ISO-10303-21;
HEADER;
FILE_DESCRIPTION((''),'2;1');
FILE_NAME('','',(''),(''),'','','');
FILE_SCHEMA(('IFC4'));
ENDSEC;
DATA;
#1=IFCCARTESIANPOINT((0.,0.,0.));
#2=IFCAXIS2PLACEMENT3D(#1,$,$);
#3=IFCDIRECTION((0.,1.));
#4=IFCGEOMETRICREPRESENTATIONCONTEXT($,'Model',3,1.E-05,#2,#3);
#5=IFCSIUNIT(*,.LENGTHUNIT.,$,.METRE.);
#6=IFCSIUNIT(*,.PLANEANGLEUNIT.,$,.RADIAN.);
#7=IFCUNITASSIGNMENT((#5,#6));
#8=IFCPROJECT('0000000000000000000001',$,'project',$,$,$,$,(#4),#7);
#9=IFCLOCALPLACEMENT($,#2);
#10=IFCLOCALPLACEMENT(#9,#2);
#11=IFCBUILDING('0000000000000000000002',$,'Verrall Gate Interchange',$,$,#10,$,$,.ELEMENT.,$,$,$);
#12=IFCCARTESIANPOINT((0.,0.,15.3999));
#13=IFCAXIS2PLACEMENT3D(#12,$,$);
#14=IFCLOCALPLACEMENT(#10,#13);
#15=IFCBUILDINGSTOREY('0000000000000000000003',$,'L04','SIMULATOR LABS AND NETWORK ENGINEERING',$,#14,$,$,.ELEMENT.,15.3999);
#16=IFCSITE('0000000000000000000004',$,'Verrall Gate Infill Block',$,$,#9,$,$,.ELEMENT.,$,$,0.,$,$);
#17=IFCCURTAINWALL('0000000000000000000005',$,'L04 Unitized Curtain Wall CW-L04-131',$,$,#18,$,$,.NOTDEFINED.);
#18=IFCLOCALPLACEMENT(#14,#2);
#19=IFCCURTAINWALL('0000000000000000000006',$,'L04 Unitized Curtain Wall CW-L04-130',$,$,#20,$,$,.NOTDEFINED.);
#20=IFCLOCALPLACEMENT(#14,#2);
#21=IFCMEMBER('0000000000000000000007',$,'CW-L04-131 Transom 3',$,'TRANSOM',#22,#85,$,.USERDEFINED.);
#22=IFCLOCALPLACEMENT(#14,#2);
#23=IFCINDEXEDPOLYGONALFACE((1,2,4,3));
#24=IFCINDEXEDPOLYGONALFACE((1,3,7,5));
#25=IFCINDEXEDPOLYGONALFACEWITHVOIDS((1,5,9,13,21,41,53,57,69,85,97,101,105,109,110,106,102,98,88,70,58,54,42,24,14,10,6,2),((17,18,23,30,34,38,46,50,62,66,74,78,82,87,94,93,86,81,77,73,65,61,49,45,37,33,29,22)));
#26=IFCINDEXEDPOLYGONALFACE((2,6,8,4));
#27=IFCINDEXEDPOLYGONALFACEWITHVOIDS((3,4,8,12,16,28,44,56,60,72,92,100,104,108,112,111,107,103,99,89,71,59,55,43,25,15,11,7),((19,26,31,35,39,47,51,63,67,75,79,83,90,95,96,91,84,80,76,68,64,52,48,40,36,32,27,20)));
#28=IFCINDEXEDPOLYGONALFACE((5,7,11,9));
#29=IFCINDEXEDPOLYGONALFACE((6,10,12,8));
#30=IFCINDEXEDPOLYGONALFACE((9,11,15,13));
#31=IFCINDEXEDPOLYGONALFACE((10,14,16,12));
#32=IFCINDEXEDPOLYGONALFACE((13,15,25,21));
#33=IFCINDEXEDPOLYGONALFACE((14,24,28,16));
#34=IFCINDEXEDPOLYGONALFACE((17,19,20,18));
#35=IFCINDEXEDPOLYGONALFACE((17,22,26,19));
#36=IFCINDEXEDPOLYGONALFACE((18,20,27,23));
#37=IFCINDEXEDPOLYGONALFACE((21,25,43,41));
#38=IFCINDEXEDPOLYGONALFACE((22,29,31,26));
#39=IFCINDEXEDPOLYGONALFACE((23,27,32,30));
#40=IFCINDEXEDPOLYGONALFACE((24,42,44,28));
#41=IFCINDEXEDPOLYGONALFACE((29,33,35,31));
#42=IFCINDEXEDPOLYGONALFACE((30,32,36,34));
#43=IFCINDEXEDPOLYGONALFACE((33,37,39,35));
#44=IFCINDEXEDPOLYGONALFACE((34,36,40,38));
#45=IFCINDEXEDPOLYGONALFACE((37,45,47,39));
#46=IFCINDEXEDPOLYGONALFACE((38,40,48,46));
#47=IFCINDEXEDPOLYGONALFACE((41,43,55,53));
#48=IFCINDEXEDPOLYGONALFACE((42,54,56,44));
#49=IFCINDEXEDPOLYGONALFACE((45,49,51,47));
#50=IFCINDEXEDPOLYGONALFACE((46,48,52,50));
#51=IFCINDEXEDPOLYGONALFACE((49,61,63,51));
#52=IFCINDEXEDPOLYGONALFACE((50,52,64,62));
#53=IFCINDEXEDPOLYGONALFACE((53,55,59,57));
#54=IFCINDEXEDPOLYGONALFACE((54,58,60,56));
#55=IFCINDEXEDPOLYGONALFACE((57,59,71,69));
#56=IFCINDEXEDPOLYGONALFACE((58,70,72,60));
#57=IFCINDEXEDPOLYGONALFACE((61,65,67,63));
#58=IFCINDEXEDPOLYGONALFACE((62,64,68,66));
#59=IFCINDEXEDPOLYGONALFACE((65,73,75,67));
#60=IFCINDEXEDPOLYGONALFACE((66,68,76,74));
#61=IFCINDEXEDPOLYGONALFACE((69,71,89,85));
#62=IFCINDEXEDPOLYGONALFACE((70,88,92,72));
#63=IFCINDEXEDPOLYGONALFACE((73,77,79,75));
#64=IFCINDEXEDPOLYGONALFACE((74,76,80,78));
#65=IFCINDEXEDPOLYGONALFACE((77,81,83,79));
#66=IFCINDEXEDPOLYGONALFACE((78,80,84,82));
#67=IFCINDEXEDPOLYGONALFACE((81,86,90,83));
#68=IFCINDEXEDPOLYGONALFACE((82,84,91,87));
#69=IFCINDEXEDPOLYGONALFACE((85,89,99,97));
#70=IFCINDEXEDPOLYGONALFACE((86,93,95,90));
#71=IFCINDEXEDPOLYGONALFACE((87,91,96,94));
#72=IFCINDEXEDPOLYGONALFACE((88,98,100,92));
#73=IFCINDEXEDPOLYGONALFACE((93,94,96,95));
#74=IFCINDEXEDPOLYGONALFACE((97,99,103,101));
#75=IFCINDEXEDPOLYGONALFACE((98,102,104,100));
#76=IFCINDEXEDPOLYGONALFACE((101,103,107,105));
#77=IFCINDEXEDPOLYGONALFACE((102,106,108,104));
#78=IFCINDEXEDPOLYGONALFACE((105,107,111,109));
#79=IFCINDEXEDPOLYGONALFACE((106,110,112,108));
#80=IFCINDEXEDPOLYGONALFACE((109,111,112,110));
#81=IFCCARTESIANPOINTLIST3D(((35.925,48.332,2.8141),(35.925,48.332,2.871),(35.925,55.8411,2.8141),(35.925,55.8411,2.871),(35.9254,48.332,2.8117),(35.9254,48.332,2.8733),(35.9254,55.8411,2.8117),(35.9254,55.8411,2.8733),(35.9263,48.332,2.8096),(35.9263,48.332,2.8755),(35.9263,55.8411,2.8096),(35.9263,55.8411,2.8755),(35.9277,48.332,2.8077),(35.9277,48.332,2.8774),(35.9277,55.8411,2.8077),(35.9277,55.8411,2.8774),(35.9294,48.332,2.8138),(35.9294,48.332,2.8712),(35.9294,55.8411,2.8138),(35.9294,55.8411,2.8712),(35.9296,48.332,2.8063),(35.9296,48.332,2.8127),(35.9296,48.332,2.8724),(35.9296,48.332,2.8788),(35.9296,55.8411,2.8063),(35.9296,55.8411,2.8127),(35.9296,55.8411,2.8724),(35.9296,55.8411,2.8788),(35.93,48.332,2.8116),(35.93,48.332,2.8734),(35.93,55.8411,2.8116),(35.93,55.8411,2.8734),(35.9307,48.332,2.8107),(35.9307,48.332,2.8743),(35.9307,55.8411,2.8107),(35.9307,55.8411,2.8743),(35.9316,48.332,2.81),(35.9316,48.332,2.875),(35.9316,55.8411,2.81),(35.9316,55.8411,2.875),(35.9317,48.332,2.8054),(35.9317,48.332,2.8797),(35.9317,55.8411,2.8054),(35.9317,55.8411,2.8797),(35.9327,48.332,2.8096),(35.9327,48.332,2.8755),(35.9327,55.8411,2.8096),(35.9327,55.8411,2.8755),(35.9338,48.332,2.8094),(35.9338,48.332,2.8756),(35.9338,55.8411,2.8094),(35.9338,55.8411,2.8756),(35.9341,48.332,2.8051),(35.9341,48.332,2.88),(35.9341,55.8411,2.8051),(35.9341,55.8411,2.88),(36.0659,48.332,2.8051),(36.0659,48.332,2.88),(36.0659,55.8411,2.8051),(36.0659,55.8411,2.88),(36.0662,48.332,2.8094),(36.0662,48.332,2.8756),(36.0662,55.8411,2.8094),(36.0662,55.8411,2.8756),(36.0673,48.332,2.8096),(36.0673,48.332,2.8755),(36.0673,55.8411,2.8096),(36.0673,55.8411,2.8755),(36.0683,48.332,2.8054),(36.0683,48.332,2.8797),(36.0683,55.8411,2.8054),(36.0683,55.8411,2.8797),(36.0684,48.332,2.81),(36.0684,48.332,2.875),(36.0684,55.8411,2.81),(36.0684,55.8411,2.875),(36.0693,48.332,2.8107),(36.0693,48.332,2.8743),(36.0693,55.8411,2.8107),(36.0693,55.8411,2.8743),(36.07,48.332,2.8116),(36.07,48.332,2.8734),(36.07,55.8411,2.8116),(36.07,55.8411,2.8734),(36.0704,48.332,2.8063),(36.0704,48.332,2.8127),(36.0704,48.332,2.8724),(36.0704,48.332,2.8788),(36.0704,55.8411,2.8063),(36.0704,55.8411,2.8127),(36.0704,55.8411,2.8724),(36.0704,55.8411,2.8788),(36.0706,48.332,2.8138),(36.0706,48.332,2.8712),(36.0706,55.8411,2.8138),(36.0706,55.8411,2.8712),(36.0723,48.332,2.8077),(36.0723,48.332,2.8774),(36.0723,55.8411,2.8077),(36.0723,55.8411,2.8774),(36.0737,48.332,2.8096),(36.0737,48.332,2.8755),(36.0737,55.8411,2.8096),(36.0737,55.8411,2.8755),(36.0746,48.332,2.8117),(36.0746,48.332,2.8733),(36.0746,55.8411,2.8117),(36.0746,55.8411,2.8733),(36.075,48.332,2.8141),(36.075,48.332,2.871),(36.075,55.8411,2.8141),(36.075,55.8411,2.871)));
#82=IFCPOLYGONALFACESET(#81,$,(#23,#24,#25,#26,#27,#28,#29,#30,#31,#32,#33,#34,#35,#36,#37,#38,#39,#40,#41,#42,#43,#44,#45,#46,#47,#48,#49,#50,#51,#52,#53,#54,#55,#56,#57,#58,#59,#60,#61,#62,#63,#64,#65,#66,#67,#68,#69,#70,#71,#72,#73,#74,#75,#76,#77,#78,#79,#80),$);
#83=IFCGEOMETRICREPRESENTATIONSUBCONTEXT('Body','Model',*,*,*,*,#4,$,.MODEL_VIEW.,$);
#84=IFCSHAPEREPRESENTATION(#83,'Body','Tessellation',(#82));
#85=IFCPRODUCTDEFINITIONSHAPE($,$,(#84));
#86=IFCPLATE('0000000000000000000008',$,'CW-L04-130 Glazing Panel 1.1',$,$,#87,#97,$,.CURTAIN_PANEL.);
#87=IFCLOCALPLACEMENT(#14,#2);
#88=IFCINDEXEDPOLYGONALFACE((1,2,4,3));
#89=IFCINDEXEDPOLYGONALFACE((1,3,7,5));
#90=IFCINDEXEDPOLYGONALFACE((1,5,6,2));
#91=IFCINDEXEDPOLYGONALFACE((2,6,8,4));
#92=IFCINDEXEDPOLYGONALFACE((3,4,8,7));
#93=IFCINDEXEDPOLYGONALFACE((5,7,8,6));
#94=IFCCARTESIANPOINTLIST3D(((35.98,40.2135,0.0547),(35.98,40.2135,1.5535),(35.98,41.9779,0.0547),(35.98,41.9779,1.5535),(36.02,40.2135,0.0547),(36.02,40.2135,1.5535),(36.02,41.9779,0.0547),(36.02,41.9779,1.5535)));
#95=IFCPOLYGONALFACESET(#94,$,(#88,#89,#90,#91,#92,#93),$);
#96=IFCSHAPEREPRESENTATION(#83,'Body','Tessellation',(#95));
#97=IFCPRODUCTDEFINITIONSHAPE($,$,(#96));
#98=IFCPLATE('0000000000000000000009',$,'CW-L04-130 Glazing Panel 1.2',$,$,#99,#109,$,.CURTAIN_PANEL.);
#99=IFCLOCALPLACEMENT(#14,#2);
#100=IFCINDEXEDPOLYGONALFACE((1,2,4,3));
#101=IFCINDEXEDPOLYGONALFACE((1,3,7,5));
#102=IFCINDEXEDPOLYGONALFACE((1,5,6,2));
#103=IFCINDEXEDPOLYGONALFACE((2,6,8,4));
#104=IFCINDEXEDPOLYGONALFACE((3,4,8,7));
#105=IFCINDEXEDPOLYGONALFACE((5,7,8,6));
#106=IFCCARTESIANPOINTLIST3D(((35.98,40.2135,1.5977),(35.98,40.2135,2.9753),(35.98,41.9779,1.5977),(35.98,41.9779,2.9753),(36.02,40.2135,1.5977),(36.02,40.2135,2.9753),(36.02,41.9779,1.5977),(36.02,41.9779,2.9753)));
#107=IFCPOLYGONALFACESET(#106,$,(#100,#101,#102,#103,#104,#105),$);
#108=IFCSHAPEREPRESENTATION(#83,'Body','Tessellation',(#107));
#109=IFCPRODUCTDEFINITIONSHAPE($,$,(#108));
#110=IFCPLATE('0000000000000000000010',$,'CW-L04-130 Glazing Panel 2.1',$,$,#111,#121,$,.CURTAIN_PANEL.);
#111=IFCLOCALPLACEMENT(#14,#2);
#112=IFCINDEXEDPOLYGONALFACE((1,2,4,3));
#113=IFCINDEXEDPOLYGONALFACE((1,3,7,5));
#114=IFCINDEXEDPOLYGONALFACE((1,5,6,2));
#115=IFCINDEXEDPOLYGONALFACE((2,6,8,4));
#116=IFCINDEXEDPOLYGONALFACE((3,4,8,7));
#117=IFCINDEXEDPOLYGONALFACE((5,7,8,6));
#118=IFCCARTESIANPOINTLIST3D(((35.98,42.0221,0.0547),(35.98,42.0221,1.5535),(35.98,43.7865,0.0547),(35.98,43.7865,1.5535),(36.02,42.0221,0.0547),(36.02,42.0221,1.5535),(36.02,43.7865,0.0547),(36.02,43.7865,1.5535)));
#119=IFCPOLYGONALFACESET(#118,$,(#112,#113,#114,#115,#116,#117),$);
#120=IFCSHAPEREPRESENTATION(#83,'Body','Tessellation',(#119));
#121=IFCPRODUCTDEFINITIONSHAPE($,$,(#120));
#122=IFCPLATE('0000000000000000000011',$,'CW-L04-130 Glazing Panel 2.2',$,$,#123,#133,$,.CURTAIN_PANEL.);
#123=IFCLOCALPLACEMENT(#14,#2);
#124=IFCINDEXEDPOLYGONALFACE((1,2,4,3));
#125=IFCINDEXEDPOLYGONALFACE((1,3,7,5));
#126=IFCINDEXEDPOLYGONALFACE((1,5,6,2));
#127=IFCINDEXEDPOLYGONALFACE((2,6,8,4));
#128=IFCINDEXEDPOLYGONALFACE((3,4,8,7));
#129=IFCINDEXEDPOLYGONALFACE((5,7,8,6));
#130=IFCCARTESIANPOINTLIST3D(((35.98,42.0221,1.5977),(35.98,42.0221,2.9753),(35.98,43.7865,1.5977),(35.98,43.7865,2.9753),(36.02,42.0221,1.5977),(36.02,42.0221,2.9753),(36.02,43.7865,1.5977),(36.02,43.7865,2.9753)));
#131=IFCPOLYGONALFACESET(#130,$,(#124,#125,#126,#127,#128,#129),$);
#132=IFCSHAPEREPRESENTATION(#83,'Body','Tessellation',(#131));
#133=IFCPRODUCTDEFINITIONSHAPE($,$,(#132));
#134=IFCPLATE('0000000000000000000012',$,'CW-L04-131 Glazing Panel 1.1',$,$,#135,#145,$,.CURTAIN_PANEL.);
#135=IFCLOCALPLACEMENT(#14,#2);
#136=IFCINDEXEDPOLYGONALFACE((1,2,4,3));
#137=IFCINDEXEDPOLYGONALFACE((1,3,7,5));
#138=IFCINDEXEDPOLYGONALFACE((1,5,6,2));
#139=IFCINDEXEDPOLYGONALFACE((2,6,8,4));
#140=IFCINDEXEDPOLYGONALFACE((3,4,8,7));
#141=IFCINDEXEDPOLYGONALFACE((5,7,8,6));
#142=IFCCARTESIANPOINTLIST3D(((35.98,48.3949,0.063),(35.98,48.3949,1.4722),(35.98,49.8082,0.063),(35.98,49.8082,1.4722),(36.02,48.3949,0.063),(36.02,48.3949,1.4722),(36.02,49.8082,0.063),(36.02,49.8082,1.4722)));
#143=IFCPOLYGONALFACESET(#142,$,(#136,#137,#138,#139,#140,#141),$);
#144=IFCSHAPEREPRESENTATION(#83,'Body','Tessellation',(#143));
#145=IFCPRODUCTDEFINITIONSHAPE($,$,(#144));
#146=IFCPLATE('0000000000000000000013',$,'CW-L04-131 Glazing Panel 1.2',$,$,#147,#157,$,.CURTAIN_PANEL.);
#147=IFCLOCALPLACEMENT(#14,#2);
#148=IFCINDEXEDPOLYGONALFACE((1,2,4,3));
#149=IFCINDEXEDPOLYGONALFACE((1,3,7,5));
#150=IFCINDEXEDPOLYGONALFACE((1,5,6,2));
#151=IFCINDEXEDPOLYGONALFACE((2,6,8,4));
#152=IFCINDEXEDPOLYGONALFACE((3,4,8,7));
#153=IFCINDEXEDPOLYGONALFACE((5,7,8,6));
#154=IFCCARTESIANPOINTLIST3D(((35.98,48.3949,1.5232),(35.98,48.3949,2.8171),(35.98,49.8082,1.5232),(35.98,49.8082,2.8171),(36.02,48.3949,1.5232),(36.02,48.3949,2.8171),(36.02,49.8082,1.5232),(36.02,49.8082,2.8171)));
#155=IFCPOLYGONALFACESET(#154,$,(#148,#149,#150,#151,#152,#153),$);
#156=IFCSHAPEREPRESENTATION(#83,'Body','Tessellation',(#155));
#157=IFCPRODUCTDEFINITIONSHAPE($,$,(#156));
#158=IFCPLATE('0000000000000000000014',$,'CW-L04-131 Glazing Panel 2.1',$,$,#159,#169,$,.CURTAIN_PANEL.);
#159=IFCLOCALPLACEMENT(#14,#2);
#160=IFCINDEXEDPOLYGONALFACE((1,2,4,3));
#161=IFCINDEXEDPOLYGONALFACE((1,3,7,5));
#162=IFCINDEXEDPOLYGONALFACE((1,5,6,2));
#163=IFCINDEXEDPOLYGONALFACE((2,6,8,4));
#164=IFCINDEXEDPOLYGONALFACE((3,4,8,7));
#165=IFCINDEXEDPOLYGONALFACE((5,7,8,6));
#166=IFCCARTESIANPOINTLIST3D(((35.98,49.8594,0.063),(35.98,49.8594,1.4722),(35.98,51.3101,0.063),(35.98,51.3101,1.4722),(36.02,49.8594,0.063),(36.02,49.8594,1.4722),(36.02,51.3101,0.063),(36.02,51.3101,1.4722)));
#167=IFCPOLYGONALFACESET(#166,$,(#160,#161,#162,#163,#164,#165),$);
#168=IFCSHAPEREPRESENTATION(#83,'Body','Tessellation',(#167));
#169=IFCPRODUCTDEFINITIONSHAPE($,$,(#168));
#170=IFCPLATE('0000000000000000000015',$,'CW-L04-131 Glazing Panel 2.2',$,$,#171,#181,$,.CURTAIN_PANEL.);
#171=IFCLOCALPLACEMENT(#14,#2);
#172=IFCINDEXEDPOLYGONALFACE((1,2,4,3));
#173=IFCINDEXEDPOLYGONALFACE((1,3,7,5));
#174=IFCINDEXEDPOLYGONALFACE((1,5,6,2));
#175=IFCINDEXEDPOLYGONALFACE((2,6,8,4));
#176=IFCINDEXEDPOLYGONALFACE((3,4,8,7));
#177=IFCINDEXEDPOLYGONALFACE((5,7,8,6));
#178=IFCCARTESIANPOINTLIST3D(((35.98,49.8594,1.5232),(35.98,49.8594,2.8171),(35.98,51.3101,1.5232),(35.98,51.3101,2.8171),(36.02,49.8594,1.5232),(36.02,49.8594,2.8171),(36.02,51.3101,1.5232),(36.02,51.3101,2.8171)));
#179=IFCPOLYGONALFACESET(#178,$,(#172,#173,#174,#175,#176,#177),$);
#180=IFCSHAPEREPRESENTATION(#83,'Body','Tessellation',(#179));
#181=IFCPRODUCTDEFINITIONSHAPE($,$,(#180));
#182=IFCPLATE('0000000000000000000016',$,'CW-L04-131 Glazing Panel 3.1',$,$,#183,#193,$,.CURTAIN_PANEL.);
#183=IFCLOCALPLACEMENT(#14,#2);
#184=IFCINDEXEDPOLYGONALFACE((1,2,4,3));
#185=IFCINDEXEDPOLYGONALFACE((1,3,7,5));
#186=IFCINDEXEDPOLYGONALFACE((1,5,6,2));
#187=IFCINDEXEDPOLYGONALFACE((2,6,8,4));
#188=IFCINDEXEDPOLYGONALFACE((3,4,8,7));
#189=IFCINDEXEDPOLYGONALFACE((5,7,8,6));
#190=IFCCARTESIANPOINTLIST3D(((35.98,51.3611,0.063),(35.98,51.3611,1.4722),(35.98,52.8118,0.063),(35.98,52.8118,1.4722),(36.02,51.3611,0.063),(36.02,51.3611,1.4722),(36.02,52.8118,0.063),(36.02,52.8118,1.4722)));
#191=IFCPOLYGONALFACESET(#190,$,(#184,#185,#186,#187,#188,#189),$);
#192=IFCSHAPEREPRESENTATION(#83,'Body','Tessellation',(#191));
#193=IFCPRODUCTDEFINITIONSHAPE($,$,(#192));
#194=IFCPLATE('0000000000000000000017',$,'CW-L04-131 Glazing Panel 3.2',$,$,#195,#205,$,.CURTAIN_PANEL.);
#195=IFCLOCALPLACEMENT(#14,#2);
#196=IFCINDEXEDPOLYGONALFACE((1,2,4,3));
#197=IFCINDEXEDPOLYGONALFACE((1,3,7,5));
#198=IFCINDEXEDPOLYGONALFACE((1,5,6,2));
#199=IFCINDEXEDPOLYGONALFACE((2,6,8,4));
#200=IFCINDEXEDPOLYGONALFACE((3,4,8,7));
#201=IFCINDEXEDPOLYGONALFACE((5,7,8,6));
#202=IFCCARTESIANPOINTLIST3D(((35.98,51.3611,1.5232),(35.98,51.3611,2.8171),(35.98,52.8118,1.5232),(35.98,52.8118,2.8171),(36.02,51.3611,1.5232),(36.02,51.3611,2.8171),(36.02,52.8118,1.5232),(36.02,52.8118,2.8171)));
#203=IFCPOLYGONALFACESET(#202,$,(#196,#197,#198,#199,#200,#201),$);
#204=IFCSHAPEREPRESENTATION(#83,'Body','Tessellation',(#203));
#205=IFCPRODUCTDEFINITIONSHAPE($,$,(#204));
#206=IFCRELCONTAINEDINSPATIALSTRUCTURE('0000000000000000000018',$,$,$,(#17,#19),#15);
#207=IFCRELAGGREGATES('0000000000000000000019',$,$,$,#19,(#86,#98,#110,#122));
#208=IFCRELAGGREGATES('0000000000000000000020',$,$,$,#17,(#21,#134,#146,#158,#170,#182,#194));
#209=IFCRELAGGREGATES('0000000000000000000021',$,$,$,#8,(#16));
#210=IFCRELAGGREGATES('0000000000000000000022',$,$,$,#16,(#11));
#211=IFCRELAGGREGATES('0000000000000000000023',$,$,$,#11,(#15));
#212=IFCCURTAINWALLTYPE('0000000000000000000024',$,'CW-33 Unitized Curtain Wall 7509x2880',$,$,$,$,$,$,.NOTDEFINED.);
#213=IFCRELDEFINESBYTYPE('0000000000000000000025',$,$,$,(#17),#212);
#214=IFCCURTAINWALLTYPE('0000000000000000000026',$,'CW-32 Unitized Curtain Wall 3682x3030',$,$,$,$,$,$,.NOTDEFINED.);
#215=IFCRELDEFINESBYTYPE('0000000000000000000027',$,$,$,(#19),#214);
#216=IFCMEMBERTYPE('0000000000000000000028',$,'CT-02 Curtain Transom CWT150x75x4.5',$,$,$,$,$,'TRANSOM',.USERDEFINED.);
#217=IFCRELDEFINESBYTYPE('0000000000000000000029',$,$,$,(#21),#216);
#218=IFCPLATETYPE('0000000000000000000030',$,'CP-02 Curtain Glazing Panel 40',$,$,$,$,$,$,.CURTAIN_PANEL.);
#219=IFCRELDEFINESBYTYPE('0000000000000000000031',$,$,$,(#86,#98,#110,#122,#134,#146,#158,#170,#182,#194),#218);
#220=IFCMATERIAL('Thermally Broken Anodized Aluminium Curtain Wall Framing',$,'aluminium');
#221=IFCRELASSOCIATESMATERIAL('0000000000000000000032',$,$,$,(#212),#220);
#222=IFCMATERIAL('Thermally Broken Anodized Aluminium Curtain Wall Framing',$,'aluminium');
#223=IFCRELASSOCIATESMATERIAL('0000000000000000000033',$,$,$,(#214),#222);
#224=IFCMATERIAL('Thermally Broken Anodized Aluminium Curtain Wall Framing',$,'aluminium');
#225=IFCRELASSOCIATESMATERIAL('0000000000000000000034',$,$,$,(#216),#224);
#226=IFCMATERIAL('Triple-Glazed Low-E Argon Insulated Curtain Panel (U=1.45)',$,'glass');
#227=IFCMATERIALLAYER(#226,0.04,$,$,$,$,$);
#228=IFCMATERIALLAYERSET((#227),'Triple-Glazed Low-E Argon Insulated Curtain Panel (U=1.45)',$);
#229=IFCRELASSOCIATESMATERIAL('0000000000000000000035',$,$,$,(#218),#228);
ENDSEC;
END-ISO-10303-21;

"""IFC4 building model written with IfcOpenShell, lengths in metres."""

from ifc_helpers import new_model, si_unit, direction, frame, origin, origin_2d, place, context, subcontext, project, spatial, rectangle, hollow_rectangle, extrude, material, layer, layer_set, material_profile, profile_set, type_object, element, aggregate, save


model = new_model("IFC4")

# Units and contexts
model_context = context("Model", 3, precision=1e-05, world=origin(), true_north=direction((0.0, 1.0)))
body_context = subcontext(model_context, "Body", "Model", "MODEL_VIEW")
ifc_project = project(units=[si_unit("LENGTHUNIT", "METRE"), si_unit("PLANEANGLEUNIT", "RADIAN")], contexts=[model_context])

# Site, building, storey
site_placement = place(None, origin())
site = spatial("IfcSite", under=ifc_project, at=site_placement, Name="Verrall Gate Infill Block", CompositionType="ELEMENT", RefElevation=0.0)
building_placement = place(site_placement, origin())
building = spatial("IfcBuilding", under=site, at=building_placement, Name="Verrall Gate Interchange", CompositionType="ELEMENT")
storey_placement = place(building_placement, frame((0.0, 0.0, 15.3999)))
storey = spatial("IfcBuildingStorey", under=building, at=storey_placement, Name="L04", Description="SIMULATOR LABS AND NETWORK ENGINEERING", CompositionType="ELEMENT", Elevation=15.3999)

# Curtain wall
ifc_material_1 = material(Name="Thermally Broken Anodized Aluminium Curtain Wall Framing", Category="aluminium")
curtain_wall_type_1 = type_object("IfcCurtainWallType", Name="CW-33 Unitized Curtain Wall 7509x2880", PredefinedType="NOTDEFINED", material=ifc_material_1)
curtain_wall_1_placement = place(storey_placement, origin())
curtain_wall_1 = element("IfcCurtainWall", 1, at=curtain_wall_1_placement, inside=storey, type_object=curtain_wall_type_1, Name="L04 Unitized Curtain Wall CW-L04-131", PredefinedType="NOTDEFINED")

# Curtain wall
ifc_material_2 = material(Name="Thermally Broken Anodized Aluminium Curtain Wall Framing", Category="aluminium")
curtain_wall_type_2 = type_object("IfcCurtainWallType", Name="CW-32 Unitized Curtain Wall 3682x3030", PredefinedType="NOTDEFINED", material=ifc_material_2)
curtain_wall_2_placement = place(storey_placement, origin())
curtain_wall_2 = element("IfcCurtainWall", 2, at=curtain_wall_2_placement, inside=storey, type_object=curtain_wall_type_2, Name="L04 Unitized Curtain Wall CW-L04-130", PredefinedType="NOTDEFINED")

# Member
ifc_material_3 = material(Name="Thermally Broken Anodized Aluminium Curtain Wall Framing", Category="aluminium")
ifc_material_profile_1 = material_profile(ifc_material_3, hollow_rectangle(XDim=0.1499, YDim=0.075, WallThickness=0.0044, InnerFilletRadius=0.0044, OuterFilletRadius=0.009, at=origin_2d()), Name="CWT150x75x4.5")
ifc_profile_set_1 = profile_set([ifc_material_profile_1], Name="Thermally Broken Anodized Aluminium Curtain Wall Framing")
member_type_1 = type_object("IfcMemberType", Name="CT-02 Curtain Transom CWT150x75x4.5", ElementType="TRANSOM", PredefinedType="USERDEFINED", material=ifc_profile_set_1)
member_1_placement = place(storey_placement, frame((36.0, 48.332, 2.8425), z_axis=(0.0, 1.0, 0.0), x_axis=(-1.0, 0.0, 0.0)))
member_1 = element("IfcMember", 3, at=member_1_placement, type_object=member_type_1, Name="CW-L04-131 Transom 3", ObjectType="TRANSOM", PredefinedType="USERDEFINED", context=body_context, shape_type="SweptSolid", body=[
    extrude(hollow_rectangle(XDim=0.1499, YDim=0.075, WallThickness=0.0044, InnerFilletRadius=0.0044, OuterFilletRadius=0.009, at=origin_2d()), origin(), (0.0, 0.0, 1.0), 7.509),
])

# Plates
ifc_material_4 = material(Name="Triple-Glazed Low-E Argon Insulated Curtain Panel (U=1.45)", Category="glass")
ifc_layer_1 = layer(ifc_material_4, 0.04)
ifc_layer_set_1 = layer_set([ifc_layer_1], Name="Triple-Glazed Low-E Argon Insulated Curtain Panel (U=1.45)")
plate_type = type_object("IfcPlateType", Name="CP-02 Curtain Glazing Panel 40", PredefinedType="CURTAIN_PANEL", material=ifc_layer_set_1)
plate_1_placement = place(storey_placement, frame((36.0, 41.0957, 0.0547), z_axis=(0.0, 0.0, 1.0), x_axis=(0.0, 1.0, 0.0)))
plate_1 = element("IfcPlate", 4, at=plate_1_placement, type_object=plate_type, Name="CW-L04-130 Glazing Panel 1.1", PredefinedType="CURTAIN_PANEL", context=body_context, shape_type="SweptSolid", body=[
    extrude(rectangle(XDim=1.7644, YDim=0.04, at=origin_2d()), origin(), (0.0, 0.0, 1.0), 1.4988),
])
plate_2_placement = place(storey_placement, frame((36.0, 41.0957, 1.5977), z_axis=(0.0, 0.0, 1.0), x_axis=(0.0, 1.0, 0.0)))
plate_2 = element("IfcPlate", 5, at=plate_2_placement, type_object=plate_type, Name="CW-L04-130 Glazing Panel 1.2", PredefinedType="CURTAIN_PANEL", context=body_context, shape_type="SweptSolid", body=[
    extrude(rectangle(XDim=1.7644, YDim=0.04, at=origin_2d()), origin(), (0.0, 0.0, 1.0), 1.3777),
])
plate_3_placement = place(storey_placement, frame((36.0, 42.9043, 0.0547), z_axis=(0.0, 0.0, 1.0), x_axis=(0.0, 1.0, 0.0)))
plate_3 = element("IfcPlate", 6, at=plate_3_placement, type_object=plate_type, Name="CW-L04-130 Glazing Panel 2.1", PredefinedType="CURTAIN_PANEL", context=body_context, shape_type="SweptSolid", body=[
    extrude(rectangle(XDim=1.7644, YDim=0.04, at=origin_2d()), origin(), (0.0, 0.0, 1.0), 1.4988),
])
plate_4_placement = place(storey_placement, frame((36.0, 42.9043, 1.5977), z_axis=(0.0, 0.0, 1.0), x_axis=(0.0, 1.0, 0.0)))
plate_4 = element("IfcPlate", 7, at=plate_4_placement, type_object=plate_type, Name="CW-L04-130 Glazing Panel 2.2", PredefinedType="CURTAIN_PANEL", context=body_context, shape_type="SweptSolid", body=[
    extrude(rectangle(XDim=1.7644, YDim=0.04, at=origin_2d()), origin(), (0.0, 0.0, 1.0), 1.3777),
])
aggregate(curtain_wall_2, [plate_1, plate_2, plate_3, plate_4])
plate_5_placement = place(storey_placement, frame((36.0, 49.1016, 0.063), z_axis=(0.0, 0.0, 1.0), x_axis=(0.0, 1.0, 0.0)))
plate_5 = element("IfcPlate", 8, at=plate_5_placement, type_object=plate_type, Name="CW-L04-131 Glazing Panel 1.1", PredefinedType="CURTAIN_PANEL", context=body_context, shape_type="SweptSolid", body=[
    extrude(rectangle(XDim=1.4133, YDim=0.04, at=origin_2d()), origin(), (0.0, 0.0, 1.0), 1.4092),
])
plate_6_placement = place(storey_placement, frame((36.0, 49.1016, 1.5232), z_axis=(0.0, 0.0, 1.0), x_axis=(0.0, 1.0, 0.0)))
plate_6 = element("IfcPlate", 9, at=plate_6_placement, type_object=plate_type, Name="CW-L04-131 Glazing Panel 1.2", PredefinedType="CURTAIN_PANEL", context=body_context, shape_type="SweptSolid", body=[
    extrude(rectangle(XDim=1.4133, YDim=0.04, at=origin_2d()), origin(), (0.0, 0.0, 1.0), 1.2939),
])
plate_7_placement = place(storey_placement, frame((36.0, 50.5847, 0.063), z_axis=(0.0, 0.0, 1.0), x_axis=(0.0, 1.0, 0.0)))
plate_7 = element("IfcPlate", 10, at=plate_7_placement, type_object=plate_type, Name="CW-L04-131 Glazing Panel 2.1", PredefinedType="CURTAIN_PANEL", context=body_context, shape_type="SweptSolid", body=[
    extrude(rectangle(XDim=1.4507, YDim=0.04, at=origin_2d()), origin(), (0.0, 0.0, 1.0), 1.4092),
])
plate_8_placement = place(storey_placement, frame((36.0, 50.5847, 1.5232), z_axis=(0.0, 0.0, 1.0), x_axis=(0.0, 1.0, 0.0)))
plate_8 = element("IfcPlate", 11, at=plate_8_placement, type_object=plate_type, Name="CW-L04-131 Glazing Panel 2.2", PredefinedType="CURTAIN_PANEL", context=body_context, shape_type="SweptSolid", body=[
    extrude(rectangle(XDim=1.4507, YDim=0.04, at=origin_2d()), origin(), (0.0, 0.0, 1.0), 1.2939),
])
plate_9_placement = place(storey_placement, frame((36.0, 52.0864, 0.063), z_axis=(0.0, 0.0, 1.0), x_axis=(0.0, 1.0, 0.0)))
plate_9 = element("IfcPlate", 12, at=plate_9_placement, type_object=plate_type, Name="CW-L04-131 Glazing Panel 3.1", PredefinedType="CURTAIN_PANEL", context=body_context, shape_type="SweptSolid", body=[
    extrude(rectangle(XDim=1.4507, YDim=0.04, at=origin_2d()), origin(), (0.0, 0.0, 1.0), 1.4092),
])
plate_10_placement = place(storey_placement, frame((36.0, 52.0864, 1.5232), z_axis=(0.0, 0.0, 1.0), x_axis=(0.0, 1.0, 0.0)))
plate_10 = element("IfcPlate", 13, at=plate_10_placement, type_object=plate_type, Name="CW-L04-131 Glazing Panel 3.2", PredefinedType="CURTAIN_PANEL", context=body_context, shape_type="SweptSolid", body=[
    extrude(rectangle(XDim=1.4507, YDim=0.04, at=origin_2d()), origin(), (0.0, 0.0, 1.0), 1.2939),
])
aggregate(curtain_wall_1, [member_1, plate_5, plate_6, plate_7, plate_8, plate_9, plate_10])

save(model, "model.ifc")
